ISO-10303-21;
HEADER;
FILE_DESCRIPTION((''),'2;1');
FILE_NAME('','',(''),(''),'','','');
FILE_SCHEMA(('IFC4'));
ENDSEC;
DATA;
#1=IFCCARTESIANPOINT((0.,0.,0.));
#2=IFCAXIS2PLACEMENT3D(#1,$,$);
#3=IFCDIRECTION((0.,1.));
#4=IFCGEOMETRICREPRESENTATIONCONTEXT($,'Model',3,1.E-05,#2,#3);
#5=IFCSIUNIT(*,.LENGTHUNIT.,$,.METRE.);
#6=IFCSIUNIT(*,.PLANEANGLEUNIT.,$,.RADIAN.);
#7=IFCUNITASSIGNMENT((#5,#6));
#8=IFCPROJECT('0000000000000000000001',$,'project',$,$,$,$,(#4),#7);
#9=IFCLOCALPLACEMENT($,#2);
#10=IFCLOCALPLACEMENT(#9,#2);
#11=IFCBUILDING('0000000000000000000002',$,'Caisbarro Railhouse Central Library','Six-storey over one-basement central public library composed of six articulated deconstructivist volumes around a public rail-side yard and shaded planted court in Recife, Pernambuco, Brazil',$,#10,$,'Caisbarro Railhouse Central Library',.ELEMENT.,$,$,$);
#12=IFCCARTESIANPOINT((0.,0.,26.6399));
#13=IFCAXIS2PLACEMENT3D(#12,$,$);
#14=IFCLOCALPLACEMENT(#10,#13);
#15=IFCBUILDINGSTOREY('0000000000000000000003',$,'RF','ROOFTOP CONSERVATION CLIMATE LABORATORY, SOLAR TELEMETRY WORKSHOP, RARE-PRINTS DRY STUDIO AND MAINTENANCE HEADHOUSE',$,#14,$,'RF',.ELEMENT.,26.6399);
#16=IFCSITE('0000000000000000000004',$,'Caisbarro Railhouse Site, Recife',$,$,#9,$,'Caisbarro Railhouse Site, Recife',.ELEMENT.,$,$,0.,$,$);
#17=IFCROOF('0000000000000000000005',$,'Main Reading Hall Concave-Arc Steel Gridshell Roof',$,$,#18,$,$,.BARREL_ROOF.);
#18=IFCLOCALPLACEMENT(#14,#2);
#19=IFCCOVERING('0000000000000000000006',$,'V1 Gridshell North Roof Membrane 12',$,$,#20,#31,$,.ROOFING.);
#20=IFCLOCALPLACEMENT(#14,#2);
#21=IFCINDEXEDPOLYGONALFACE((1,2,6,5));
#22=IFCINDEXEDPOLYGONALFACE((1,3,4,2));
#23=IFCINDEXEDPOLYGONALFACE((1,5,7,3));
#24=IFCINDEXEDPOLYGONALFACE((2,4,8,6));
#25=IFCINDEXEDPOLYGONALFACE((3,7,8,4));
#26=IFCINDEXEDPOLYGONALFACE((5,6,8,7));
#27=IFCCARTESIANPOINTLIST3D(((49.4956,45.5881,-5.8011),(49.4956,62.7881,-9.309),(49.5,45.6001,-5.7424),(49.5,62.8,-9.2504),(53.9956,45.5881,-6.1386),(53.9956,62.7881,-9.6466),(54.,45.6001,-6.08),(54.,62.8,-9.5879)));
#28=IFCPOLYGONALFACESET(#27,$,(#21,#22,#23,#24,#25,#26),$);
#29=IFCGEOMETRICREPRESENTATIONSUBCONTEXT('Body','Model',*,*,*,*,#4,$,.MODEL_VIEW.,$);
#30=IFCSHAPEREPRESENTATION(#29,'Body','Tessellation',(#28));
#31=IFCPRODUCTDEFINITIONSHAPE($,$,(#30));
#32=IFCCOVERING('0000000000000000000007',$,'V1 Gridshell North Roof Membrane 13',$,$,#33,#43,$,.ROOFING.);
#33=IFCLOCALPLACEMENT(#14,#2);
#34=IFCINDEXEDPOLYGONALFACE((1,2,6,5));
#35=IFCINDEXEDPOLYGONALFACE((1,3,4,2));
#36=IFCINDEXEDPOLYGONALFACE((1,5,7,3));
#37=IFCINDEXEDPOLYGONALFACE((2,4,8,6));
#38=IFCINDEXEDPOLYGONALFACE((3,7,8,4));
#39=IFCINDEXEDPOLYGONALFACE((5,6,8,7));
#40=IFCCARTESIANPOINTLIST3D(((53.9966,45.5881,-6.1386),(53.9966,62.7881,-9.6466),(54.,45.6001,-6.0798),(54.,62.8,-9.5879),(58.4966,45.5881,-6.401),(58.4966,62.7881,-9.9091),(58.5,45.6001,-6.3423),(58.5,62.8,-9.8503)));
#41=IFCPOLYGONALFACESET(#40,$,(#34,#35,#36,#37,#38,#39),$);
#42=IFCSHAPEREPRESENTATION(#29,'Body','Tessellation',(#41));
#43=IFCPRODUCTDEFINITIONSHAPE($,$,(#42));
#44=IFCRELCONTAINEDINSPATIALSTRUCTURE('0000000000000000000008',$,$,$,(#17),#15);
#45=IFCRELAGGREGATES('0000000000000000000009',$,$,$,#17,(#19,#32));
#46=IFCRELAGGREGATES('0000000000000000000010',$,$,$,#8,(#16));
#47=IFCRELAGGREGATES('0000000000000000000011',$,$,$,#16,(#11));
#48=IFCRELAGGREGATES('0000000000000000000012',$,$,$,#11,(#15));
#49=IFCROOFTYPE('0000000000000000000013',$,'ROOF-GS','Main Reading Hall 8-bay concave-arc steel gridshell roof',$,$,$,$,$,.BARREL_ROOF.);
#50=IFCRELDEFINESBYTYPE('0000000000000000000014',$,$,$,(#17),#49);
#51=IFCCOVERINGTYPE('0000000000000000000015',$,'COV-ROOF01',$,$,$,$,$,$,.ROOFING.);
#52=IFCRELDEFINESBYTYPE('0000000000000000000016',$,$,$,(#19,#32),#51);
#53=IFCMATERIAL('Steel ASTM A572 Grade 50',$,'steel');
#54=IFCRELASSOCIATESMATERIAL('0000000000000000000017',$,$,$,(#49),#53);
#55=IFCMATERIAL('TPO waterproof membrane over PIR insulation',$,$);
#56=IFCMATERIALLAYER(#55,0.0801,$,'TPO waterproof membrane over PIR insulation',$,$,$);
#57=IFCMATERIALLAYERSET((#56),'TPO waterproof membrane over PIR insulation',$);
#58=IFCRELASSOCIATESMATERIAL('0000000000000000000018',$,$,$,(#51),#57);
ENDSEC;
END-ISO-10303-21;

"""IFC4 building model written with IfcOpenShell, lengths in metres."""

from ifc_helpers import new_model, si_unit, direction, frame, origin, place, context, subcontext, project, spatial, polyline, outline, extrude, material, layer, layer_set, type_object, element, aggregate, save


model = new_model("IFC4")

# Units and contexts
model_context = context("Model", 3, precision=1e-05, world=origin(), true_north=direction((0.0, 1.0)))
body_context = subcontext(model_context, "Body", "Model", "MODEL_VIEW")
ifc_project = project(units=[si_unit("LENGTHUNIT", "METRE"), si_unit("PLANEANGLEUNIT", "RADIAN")], contexts=[model_context])

# Site, building, storey
site_placement = place(None, origin())
site = spatial("IfcSite", under=ifc_project, at=site_placement, Name="Caisbarro Railhouse Site, Recife", LongName="Caisbarro Railhouse Site, Recife", CompositionType="ELEMENT", RefElevation=0.0)
building_placement = place(site_placement, origin())
building = spatial("IfcBuilding", under=site, at=building_placement, Name="Caisbarro Railhouse Central Library", Description="Six-storey over one-basement central public library composed of six articulated deconstructivist volumes around a public rail-side yard and shaded planted court in Recife, Pernambuco, Brazil", LongName="Caisbarro Railhouse Central Library", CompositionType="ELEMENT")
storey_placement = place(building_placement, frame((0.0, 0.0, 26.6399)))
storey = spatial("IfcBuildingStorey", under=building, at=storey_placement, Name="RF", Description="ROOFTOP CONSERVATION CLIMATE LABORATORY, SOLAR TELEMETRY WORKSHOP, RARE-PRINTS DRY STUDIO AND MAINTENANCE HEADHOUSE", LongName="RF", CompositionType="ELEMENT", Elevation=26.6399)

# Shared definitions
ifc_material_1 = material(Name="Steel ASTM A572 Grade 50", Category="steel")

# Roof, coverings
roof_type = type_object("IfcRoofType", Name="ROOF-GS", Description="Main Reading Hall 8-bay concave-arc steel gridshell roof", PredefinedType="BARREL_ROOF", material=ifc_material_1)
roof_placement = place(storey_placement, origin())
roof = element("IfcRoof", 1, at=roof_placement, inside=storey, type_object=roof_type, Name="Main Reading Hall Concave-Arc Steel Gridshell Roof", PredefinedType="BARREL_ROOF")
ifc_material_2 = material(Name="TPO waterproof membrane over PIR insulation")
ifc_layer_1 = layer(ifc_material_2, 0.0801, Name="TPO waterproof membrane over PIR insulation")
ifc_layer_set_1 = layer_set([ifc_layer_1], Name="TPO waterproof membrane over PIR insulation")
covering_type = type_object("IfcCoveringType", Name="COV-ROOF01", PredefinedType="ROOFING", material=ifc_layer_set_1)
covering_1_placement = place(storey_placement, frame((49.5, 45.6001, -5.7424), z_axis=(0.073295, 0.199299, 0.977194), x_axis=(0.997199, -0.000005, -0.074794)))
covering_1 = element("IfcCovering", 2, at=covering_1_placement, type_object=covering_type, Name="V1 Gridshell North Roof Membrane 12", PredefinedType="ROOFING", context=body_context, shape_type="SweptSolid", body=[
    extrude(outline(polyline([(0.0, 0.0), (4.5126, 0.0), (4.7749, 17.5521), (0.2623, 17.552), (0.0, 0.0)])), origin(), (0.0, 0.0, -1.0), 0.0601),
])
covering_2_placement = place(storey_placement, frame((54.0, 45.6001, -6.0798), z_axis=(0.057053, 0.199518, 0.978232), x_axis=(0.998304, 0.0, -0.058224)))
covering_2 = element("IfcCovering", 3, at=covering_2_placement, type_object=covering_type, Name="V1 Gridshell North Roof Membrane 13", PredefinedType="ROOFING", context=body_context, shape_type="SweptSolid", body=[
    extrude(outline(polyline([(0.0, 0.0), (4.5076, 0.0), (4.7119, 17.5529), (0.2043, 17.5529), (0.0, 0.0)])), origin(), (0.0, 0.0, -1.0), 0.0601),
])
aggregate(roof, [covering_1, covering_2])

save(model, "model.ifc")
